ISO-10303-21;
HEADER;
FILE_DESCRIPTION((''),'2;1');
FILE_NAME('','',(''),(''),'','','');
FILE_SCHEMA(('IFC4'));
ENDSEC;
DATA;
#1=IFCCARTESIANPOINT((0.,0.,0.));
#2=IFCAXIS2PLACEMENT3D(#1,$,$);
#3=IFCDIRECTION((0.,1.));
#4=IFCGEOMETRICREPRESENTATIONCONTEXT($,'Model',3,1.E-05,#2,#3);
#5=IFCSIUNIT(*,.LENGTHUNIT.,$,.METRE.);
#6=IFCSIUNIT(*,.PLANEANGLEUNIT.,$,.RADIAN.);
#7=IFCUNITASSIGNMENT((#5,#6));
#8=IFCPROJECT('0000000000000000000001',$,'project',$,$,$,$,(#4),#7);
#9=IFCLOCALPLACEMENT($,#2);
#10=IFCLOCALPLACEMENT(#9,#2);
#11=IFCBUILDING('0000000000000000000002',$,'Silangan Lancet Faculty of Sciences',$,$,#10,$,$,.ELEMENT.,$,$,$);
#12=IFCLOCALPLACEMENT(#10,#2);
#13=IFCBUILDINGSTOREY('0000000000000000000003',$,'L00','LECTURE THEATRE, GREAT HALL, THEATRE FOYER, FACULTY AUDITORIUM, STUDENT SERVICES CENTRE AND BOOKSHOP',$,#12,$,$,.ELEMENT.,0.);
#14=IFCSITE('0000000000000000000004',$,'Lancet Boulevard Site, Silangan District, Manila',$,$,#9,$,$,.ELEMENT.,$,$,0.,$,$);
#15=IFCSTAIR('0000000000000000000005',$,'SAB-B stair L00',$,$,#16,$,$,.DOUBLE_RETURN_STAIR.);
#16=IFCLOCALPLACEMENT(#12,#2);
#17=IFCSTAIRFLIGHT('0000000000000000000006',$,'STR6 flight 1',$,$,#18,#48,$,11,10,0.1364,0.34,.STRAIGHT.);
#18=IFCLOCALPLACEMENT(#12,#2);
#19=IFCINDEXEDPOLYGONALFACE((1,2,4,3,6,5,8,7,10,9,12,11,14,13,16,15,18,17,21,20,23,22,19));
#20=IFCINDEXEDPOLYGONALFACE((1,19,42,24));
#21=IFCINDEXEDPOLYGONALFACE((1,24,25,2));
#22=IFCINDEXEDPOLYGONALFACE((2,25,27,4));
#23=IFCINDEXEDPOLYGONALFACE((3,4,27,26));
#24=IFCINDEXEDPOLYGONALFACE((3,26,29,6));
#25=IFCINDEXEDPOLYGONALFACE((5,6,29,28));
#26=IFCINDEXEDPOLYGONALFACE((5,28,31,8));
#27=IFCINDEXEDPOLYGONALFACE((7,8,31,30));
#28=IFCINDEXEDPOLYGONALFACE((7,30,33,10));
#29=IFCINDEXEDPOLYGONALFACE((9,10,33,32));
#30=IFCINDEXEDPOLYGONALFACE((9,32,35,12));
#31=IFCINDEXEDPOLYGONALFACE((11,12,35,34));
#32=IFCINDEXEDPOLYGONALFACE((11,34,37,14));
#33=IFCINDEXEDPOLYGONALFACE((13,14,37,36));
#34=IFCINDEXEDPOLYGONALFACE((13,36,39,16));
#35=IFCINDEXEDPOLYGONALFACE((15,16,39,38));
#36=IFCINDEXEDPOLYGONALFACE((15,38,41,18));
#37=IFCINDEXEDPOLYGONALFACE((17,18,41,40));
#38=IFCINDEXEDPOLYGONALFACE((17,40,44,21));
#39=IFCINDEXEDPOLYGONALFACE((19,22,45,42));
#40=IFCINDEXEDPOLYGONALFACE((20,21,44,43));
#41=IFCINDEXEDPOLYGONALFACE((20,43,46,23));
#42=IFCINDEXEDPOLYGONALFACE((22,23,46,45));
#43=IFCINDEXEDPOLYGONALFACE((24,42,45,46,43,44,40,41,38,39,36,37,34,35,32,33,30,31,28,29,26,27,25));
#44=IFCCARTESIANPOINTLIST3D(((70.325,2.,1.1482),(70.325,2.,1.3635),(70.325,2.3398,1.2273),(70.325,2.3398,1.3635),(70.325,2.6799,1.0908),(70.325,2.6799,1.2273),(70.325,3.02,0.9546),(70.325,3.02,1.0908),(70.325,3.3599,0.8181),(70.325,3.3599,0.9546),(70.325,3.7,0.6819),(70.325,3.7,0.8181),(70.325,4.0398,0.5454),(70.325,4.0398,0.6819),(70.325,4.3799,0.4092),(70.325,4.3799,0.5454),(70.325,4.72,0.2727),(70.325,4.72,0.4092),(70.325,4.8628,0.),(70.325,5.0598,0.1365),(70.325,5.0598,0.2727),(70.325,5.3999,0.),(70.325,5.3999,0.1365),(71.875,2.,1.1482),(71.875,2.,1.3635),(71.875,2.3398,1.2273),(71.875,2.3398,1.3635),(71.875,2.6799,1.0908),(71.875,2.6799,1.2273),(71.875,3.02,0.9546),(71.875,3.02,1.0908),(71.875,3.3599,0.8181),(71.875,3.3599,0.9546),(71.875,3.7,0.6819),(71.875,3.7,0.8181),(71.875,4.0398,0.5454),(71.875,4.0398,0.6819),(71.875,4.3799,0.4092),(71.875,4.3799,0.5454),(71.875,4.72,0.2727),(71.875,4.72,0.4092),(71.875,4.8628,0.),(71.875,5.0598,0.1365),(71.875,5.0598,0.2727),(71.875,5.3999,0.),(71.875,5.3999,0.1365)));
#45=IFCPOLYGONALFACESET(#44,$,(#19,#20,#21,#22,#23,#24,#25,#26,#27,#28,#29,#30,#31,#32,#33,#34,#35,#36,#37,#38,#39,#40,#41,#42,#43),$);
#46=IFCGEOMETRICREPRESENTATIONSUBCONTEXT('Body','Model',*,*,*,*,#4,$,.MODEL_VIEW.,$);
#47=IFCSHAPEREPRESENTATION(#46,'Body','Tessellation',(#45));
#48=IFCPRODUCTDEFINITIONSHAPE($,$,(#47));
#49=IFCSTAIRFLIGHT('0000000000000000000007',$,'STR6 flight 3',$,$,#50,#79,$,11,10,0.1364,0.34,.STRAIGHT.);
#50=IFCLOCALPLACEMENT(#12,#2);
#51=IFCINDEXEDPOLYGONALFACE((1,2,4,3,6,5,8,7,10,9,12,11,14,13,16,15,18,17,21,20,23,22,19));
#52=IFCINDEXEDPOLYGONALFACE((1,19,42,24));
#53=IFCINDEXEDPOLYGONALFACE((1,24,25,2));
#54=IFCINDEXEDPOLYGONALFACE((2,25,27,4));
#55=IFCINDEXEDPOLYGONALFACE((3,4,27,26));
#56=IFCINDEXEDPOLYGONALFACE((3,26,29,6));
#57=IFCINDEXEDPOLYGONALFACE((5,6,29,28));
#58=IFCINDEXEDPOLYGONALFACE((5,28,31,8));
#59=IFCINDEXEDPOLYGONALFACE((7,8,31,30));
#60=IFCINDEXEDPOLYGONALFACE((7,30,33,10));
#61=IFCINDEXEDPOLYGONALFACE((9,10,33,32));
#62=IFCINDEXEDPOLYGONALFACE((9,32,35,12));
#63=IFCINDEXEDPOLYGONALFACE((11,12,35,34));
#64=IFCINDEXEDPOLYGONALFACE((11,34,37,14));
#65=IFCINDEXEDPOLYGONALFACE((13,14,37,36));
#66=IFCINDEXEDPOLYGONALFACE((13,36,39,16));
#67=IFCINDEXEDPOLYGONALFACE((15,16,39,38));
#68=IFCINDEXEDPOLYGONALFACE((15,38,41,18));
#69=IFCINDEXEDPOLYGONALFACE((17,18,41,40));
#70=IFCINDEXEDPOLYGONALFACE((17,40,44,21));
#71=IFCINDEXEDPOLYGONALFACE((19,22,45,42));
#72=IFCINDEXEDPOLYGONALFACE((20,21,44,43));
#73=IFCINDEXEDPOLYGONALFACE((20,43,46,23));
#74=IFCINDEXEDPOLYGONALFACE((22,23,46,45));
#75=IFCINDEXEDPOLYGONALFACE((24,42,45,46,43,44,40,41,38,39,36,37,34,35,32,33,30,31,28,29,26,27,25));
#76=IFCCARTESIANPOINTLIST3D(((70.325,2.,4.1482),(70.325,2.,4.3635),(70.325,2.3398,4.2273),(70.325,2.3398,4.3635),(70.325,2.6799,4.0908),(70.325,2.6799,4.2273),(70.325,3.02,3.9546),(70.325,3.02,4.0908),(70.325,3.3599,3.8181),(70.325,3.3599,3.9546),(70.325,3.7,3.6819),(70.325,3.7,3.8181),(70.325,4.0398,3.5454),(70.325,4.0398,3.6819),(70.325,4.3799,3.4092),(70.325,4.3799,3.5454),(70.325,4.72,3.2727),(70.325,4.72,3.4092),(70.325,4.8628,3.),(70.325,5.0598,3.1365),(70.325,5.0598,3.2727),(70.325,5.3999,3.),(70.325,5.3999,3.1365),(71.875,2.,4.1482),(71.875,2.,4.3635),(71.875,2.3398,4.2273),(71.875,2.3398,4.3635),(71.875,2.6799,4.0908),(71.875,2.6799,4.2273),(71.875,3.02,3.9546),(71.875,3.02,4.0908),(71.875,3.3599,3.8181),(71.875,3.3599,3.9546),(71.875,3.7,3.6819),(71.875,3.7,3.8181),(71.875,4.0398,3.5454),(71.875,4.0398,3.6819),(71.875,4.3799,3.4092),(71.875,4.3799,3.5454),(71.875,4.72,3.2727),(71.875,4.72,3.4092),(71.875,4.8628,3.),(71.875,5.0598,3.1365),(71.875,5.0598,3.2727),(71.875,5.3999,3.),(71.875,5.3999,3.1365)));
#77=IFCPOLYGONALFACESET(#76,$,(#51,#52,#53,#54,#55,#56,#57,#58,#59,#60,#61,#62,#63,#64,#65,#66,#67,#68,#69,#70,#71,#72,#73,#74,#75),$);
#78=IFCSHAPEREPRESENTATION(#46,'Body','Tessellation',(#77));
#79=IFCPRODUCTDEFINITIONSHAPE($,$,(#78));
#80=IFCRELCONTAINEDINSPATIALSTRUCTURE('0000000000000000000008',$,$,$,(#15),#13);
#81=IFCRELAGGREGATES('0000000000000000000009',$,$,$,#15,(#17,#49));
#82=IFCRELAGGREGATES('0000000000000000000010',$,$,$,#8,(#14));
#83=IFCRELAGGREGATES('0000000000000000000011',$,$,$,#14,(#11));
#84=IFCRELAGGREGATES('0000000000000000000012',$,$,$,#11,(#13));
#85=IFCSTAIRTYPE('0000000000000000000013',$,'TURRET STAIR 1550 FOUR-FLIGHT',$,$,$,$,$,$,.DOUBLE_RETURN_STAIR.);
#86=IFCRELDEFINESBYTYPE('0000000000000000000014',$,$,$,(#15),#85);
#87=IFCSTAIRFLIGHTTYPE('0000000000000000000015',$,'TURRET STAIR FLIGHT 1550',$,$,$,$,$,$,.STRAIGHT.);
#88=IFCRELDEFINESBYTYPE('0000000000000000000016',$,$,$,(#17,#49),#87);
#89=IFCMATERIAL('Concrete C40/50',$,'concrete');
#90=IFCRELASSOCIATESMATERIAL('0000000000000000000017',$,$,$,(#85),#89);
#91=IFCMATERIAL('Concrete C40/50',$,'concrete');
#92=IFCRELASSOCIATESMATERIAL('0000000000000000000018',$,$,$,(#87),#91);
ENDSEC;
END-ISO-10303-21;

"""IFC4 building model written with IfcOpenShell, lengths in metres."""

from ifc_helpers import new_model, si_unit, direction, frame, origin, place, context, subcontext, project, spatial, polyline, outline, extrude, material, type_object, element, aggregate, save


model = new_model("IFC4")

# Units and contexts
model_context = context("Model", 3, precision=1e-05, world=origin(), true_north=direction((0.0, 1.0)))
body_context = subcontext(model_context, "Body", "Model", "MODEL_VIEW")
ifc_project = project(units=[si_unit("LENGTHUNIT", "METRE"), si_unit("PLANEANGLEUNIT", "RADIAN")], contexts=[model_context])

# Site, building, storey
site_placement = place(None, origin())
site = spatial("IfcSite", under=ifc_project, at=site_placement, Name="Lancet Boulevard Site, Silangan District, Manila", CompositionType="ELEMENT", RefElevation=0.0)
building_placement = place(site_placement, origin())
building = spatial("IfcBuilding", under=site, at=building_placement, Name="Silangan Lancet Faculty of Sciences", CompositionType="ELEMENT")
storey_placement = place(building_placement, origin())
storey = spatial("IfcBuildingStorey", under=building, at=storey_placement, Name="L00", Description="LECTURE THEATRE, GREAT HALL, THEATRE FOYER, FACULTY AUDITORIUM, STUDENT SERVICES CENTRE AND BOOKSHOP", CompositionType="ELEMENT", Elevation=0.0)

# Stair, stair flights
ifc_material_1 = material(Name="Concrete C40/50", Category="concrete")
stair_type = type_object("IfcStairType", Name="TURRET STAIR 1550 FOUR-FLIGHT", PredefinedType="DOUBLE_RETURN_STAIR", material=ifc_material_1)
stair_placement = place(storey_placement, origin())
stair = element("IfcStair", 1, at=stair_placement, inside=storey, type_object=stair_type, Name="SAB-B stair L00", PredefinedType="DOUBLE_RETURN_STAIR")
ifc_material_2 = material(Name="Concrete C40/50", Category="concrete")
stair_flight_type = type_object("IfcStairFlightType", Name="TURRET STAIR FLIGHT 1550", PredefinedType="STRAIGHT", material=ifc_material_2)
stair_flight_1_placement = place(storey_placement, frame((71.1001, 5.3999, 0.0), z_axis=(0.0, 0.0, 1.0), x_axis=(0.0, -1.0, 0.0)))
stair_flight_1 = element("IfcStairFlight", 2, at=stair_flight_1_placement, type_object=stair_flight_type, Name="STR6 flight 1", NumberOfRisers=11, NumberOfTreads=10, PredefinedType="STRAIGHT", RiserHeight=0.1364, TreadLength=0.34, context=body_context, shape_type="SweptSolid", body=[
    extrude(outline(polyline([(0.0, 0.0), (0.0, 0.1365), (0.3401, 0.1365), (0.3401, 0.2727), (0.6799, 0.2727), (0.6799, 0.4092), (1.02, 0.4092), (1.02, 0.5454), (1.3601, 0.5454), (1.3601, 0.6819), (1.7, 0.6819), (1.7, 0.8181), (2.04, 0.8181), (2.04, 0.9546), (2.3799, 0.9546), (2.3799, 1.0908), (2.72, 1.0908), (2.72, 1.2273), (3.0601, 1.2273), (3.0601, 1.3635), (3.3999, 1.3635), (3.3999, 1.5), (3.3999, 1.1482), (0.5371, 0.0), (0.0, 0.0)])), frame((0.0, 0.7749, 0.0), z_axis=(0.0, -1.0, 0.0), x_axis=(1.0, 0.0, 0.0)), (0.0, 0.0, 1.0), 1.55),
])
stair_flight_2_placement = place(storey_placement, frame((71.1001, 5.3999, 3.0), z_axis=(0.0, 0.0, 1.0), x_axis=(0.0, -1.0, 0.0)))
stair_flight_2 = element("IfcStairFlight", 3, at=stair_flight_2_placement, type_object=stair_flight_type, Name="STR6 flight 3", NumberOfRisers=11, NumberOfTreads=10, PredefinedType="STRAIGHT", RiserHeight=0.1364, TreadLength=0.34, context=body_context, shape_type="SweptSolid", body=[
    extrude(outline(polyline([(0.0, 0.0), (0.0, 0.1365), (0.3401, 0.1365), (0.3401, 0.2727), (0.6799, 0.2727), (0.6799, 0.4092), (1.02, 0.4092), (1.02, 0.5454), (1.3601, 0.5454), (1.3601, 0.6819), (1.7, 0.6819), (1.7, 0.8181), (2.04, 0.8181), (2.04, 0.9546), (2.3799, 0.9546), (2.3799, 1.0908), (2.72, 1.0908), (2.72, 1.2273), (3.0601, 1.2273), (3.0601, 1.3635), (3.3999, 1.3635), (3.3999, 1.5), (3.3999, 1.1482), (0.5371, 0.0), (0.0, 0.0)])), frame((0.0, 0.7749, 0.0), z_axis=(0.0, -1.0, 0.0), x_axis=(1.0, 0.0, 0.0)), (0.0, 0.0, 1.0), 1.55),
])
aggregate(stair, [stair_flight_1, stair_flight_2])

save(model, "model.ifc")
